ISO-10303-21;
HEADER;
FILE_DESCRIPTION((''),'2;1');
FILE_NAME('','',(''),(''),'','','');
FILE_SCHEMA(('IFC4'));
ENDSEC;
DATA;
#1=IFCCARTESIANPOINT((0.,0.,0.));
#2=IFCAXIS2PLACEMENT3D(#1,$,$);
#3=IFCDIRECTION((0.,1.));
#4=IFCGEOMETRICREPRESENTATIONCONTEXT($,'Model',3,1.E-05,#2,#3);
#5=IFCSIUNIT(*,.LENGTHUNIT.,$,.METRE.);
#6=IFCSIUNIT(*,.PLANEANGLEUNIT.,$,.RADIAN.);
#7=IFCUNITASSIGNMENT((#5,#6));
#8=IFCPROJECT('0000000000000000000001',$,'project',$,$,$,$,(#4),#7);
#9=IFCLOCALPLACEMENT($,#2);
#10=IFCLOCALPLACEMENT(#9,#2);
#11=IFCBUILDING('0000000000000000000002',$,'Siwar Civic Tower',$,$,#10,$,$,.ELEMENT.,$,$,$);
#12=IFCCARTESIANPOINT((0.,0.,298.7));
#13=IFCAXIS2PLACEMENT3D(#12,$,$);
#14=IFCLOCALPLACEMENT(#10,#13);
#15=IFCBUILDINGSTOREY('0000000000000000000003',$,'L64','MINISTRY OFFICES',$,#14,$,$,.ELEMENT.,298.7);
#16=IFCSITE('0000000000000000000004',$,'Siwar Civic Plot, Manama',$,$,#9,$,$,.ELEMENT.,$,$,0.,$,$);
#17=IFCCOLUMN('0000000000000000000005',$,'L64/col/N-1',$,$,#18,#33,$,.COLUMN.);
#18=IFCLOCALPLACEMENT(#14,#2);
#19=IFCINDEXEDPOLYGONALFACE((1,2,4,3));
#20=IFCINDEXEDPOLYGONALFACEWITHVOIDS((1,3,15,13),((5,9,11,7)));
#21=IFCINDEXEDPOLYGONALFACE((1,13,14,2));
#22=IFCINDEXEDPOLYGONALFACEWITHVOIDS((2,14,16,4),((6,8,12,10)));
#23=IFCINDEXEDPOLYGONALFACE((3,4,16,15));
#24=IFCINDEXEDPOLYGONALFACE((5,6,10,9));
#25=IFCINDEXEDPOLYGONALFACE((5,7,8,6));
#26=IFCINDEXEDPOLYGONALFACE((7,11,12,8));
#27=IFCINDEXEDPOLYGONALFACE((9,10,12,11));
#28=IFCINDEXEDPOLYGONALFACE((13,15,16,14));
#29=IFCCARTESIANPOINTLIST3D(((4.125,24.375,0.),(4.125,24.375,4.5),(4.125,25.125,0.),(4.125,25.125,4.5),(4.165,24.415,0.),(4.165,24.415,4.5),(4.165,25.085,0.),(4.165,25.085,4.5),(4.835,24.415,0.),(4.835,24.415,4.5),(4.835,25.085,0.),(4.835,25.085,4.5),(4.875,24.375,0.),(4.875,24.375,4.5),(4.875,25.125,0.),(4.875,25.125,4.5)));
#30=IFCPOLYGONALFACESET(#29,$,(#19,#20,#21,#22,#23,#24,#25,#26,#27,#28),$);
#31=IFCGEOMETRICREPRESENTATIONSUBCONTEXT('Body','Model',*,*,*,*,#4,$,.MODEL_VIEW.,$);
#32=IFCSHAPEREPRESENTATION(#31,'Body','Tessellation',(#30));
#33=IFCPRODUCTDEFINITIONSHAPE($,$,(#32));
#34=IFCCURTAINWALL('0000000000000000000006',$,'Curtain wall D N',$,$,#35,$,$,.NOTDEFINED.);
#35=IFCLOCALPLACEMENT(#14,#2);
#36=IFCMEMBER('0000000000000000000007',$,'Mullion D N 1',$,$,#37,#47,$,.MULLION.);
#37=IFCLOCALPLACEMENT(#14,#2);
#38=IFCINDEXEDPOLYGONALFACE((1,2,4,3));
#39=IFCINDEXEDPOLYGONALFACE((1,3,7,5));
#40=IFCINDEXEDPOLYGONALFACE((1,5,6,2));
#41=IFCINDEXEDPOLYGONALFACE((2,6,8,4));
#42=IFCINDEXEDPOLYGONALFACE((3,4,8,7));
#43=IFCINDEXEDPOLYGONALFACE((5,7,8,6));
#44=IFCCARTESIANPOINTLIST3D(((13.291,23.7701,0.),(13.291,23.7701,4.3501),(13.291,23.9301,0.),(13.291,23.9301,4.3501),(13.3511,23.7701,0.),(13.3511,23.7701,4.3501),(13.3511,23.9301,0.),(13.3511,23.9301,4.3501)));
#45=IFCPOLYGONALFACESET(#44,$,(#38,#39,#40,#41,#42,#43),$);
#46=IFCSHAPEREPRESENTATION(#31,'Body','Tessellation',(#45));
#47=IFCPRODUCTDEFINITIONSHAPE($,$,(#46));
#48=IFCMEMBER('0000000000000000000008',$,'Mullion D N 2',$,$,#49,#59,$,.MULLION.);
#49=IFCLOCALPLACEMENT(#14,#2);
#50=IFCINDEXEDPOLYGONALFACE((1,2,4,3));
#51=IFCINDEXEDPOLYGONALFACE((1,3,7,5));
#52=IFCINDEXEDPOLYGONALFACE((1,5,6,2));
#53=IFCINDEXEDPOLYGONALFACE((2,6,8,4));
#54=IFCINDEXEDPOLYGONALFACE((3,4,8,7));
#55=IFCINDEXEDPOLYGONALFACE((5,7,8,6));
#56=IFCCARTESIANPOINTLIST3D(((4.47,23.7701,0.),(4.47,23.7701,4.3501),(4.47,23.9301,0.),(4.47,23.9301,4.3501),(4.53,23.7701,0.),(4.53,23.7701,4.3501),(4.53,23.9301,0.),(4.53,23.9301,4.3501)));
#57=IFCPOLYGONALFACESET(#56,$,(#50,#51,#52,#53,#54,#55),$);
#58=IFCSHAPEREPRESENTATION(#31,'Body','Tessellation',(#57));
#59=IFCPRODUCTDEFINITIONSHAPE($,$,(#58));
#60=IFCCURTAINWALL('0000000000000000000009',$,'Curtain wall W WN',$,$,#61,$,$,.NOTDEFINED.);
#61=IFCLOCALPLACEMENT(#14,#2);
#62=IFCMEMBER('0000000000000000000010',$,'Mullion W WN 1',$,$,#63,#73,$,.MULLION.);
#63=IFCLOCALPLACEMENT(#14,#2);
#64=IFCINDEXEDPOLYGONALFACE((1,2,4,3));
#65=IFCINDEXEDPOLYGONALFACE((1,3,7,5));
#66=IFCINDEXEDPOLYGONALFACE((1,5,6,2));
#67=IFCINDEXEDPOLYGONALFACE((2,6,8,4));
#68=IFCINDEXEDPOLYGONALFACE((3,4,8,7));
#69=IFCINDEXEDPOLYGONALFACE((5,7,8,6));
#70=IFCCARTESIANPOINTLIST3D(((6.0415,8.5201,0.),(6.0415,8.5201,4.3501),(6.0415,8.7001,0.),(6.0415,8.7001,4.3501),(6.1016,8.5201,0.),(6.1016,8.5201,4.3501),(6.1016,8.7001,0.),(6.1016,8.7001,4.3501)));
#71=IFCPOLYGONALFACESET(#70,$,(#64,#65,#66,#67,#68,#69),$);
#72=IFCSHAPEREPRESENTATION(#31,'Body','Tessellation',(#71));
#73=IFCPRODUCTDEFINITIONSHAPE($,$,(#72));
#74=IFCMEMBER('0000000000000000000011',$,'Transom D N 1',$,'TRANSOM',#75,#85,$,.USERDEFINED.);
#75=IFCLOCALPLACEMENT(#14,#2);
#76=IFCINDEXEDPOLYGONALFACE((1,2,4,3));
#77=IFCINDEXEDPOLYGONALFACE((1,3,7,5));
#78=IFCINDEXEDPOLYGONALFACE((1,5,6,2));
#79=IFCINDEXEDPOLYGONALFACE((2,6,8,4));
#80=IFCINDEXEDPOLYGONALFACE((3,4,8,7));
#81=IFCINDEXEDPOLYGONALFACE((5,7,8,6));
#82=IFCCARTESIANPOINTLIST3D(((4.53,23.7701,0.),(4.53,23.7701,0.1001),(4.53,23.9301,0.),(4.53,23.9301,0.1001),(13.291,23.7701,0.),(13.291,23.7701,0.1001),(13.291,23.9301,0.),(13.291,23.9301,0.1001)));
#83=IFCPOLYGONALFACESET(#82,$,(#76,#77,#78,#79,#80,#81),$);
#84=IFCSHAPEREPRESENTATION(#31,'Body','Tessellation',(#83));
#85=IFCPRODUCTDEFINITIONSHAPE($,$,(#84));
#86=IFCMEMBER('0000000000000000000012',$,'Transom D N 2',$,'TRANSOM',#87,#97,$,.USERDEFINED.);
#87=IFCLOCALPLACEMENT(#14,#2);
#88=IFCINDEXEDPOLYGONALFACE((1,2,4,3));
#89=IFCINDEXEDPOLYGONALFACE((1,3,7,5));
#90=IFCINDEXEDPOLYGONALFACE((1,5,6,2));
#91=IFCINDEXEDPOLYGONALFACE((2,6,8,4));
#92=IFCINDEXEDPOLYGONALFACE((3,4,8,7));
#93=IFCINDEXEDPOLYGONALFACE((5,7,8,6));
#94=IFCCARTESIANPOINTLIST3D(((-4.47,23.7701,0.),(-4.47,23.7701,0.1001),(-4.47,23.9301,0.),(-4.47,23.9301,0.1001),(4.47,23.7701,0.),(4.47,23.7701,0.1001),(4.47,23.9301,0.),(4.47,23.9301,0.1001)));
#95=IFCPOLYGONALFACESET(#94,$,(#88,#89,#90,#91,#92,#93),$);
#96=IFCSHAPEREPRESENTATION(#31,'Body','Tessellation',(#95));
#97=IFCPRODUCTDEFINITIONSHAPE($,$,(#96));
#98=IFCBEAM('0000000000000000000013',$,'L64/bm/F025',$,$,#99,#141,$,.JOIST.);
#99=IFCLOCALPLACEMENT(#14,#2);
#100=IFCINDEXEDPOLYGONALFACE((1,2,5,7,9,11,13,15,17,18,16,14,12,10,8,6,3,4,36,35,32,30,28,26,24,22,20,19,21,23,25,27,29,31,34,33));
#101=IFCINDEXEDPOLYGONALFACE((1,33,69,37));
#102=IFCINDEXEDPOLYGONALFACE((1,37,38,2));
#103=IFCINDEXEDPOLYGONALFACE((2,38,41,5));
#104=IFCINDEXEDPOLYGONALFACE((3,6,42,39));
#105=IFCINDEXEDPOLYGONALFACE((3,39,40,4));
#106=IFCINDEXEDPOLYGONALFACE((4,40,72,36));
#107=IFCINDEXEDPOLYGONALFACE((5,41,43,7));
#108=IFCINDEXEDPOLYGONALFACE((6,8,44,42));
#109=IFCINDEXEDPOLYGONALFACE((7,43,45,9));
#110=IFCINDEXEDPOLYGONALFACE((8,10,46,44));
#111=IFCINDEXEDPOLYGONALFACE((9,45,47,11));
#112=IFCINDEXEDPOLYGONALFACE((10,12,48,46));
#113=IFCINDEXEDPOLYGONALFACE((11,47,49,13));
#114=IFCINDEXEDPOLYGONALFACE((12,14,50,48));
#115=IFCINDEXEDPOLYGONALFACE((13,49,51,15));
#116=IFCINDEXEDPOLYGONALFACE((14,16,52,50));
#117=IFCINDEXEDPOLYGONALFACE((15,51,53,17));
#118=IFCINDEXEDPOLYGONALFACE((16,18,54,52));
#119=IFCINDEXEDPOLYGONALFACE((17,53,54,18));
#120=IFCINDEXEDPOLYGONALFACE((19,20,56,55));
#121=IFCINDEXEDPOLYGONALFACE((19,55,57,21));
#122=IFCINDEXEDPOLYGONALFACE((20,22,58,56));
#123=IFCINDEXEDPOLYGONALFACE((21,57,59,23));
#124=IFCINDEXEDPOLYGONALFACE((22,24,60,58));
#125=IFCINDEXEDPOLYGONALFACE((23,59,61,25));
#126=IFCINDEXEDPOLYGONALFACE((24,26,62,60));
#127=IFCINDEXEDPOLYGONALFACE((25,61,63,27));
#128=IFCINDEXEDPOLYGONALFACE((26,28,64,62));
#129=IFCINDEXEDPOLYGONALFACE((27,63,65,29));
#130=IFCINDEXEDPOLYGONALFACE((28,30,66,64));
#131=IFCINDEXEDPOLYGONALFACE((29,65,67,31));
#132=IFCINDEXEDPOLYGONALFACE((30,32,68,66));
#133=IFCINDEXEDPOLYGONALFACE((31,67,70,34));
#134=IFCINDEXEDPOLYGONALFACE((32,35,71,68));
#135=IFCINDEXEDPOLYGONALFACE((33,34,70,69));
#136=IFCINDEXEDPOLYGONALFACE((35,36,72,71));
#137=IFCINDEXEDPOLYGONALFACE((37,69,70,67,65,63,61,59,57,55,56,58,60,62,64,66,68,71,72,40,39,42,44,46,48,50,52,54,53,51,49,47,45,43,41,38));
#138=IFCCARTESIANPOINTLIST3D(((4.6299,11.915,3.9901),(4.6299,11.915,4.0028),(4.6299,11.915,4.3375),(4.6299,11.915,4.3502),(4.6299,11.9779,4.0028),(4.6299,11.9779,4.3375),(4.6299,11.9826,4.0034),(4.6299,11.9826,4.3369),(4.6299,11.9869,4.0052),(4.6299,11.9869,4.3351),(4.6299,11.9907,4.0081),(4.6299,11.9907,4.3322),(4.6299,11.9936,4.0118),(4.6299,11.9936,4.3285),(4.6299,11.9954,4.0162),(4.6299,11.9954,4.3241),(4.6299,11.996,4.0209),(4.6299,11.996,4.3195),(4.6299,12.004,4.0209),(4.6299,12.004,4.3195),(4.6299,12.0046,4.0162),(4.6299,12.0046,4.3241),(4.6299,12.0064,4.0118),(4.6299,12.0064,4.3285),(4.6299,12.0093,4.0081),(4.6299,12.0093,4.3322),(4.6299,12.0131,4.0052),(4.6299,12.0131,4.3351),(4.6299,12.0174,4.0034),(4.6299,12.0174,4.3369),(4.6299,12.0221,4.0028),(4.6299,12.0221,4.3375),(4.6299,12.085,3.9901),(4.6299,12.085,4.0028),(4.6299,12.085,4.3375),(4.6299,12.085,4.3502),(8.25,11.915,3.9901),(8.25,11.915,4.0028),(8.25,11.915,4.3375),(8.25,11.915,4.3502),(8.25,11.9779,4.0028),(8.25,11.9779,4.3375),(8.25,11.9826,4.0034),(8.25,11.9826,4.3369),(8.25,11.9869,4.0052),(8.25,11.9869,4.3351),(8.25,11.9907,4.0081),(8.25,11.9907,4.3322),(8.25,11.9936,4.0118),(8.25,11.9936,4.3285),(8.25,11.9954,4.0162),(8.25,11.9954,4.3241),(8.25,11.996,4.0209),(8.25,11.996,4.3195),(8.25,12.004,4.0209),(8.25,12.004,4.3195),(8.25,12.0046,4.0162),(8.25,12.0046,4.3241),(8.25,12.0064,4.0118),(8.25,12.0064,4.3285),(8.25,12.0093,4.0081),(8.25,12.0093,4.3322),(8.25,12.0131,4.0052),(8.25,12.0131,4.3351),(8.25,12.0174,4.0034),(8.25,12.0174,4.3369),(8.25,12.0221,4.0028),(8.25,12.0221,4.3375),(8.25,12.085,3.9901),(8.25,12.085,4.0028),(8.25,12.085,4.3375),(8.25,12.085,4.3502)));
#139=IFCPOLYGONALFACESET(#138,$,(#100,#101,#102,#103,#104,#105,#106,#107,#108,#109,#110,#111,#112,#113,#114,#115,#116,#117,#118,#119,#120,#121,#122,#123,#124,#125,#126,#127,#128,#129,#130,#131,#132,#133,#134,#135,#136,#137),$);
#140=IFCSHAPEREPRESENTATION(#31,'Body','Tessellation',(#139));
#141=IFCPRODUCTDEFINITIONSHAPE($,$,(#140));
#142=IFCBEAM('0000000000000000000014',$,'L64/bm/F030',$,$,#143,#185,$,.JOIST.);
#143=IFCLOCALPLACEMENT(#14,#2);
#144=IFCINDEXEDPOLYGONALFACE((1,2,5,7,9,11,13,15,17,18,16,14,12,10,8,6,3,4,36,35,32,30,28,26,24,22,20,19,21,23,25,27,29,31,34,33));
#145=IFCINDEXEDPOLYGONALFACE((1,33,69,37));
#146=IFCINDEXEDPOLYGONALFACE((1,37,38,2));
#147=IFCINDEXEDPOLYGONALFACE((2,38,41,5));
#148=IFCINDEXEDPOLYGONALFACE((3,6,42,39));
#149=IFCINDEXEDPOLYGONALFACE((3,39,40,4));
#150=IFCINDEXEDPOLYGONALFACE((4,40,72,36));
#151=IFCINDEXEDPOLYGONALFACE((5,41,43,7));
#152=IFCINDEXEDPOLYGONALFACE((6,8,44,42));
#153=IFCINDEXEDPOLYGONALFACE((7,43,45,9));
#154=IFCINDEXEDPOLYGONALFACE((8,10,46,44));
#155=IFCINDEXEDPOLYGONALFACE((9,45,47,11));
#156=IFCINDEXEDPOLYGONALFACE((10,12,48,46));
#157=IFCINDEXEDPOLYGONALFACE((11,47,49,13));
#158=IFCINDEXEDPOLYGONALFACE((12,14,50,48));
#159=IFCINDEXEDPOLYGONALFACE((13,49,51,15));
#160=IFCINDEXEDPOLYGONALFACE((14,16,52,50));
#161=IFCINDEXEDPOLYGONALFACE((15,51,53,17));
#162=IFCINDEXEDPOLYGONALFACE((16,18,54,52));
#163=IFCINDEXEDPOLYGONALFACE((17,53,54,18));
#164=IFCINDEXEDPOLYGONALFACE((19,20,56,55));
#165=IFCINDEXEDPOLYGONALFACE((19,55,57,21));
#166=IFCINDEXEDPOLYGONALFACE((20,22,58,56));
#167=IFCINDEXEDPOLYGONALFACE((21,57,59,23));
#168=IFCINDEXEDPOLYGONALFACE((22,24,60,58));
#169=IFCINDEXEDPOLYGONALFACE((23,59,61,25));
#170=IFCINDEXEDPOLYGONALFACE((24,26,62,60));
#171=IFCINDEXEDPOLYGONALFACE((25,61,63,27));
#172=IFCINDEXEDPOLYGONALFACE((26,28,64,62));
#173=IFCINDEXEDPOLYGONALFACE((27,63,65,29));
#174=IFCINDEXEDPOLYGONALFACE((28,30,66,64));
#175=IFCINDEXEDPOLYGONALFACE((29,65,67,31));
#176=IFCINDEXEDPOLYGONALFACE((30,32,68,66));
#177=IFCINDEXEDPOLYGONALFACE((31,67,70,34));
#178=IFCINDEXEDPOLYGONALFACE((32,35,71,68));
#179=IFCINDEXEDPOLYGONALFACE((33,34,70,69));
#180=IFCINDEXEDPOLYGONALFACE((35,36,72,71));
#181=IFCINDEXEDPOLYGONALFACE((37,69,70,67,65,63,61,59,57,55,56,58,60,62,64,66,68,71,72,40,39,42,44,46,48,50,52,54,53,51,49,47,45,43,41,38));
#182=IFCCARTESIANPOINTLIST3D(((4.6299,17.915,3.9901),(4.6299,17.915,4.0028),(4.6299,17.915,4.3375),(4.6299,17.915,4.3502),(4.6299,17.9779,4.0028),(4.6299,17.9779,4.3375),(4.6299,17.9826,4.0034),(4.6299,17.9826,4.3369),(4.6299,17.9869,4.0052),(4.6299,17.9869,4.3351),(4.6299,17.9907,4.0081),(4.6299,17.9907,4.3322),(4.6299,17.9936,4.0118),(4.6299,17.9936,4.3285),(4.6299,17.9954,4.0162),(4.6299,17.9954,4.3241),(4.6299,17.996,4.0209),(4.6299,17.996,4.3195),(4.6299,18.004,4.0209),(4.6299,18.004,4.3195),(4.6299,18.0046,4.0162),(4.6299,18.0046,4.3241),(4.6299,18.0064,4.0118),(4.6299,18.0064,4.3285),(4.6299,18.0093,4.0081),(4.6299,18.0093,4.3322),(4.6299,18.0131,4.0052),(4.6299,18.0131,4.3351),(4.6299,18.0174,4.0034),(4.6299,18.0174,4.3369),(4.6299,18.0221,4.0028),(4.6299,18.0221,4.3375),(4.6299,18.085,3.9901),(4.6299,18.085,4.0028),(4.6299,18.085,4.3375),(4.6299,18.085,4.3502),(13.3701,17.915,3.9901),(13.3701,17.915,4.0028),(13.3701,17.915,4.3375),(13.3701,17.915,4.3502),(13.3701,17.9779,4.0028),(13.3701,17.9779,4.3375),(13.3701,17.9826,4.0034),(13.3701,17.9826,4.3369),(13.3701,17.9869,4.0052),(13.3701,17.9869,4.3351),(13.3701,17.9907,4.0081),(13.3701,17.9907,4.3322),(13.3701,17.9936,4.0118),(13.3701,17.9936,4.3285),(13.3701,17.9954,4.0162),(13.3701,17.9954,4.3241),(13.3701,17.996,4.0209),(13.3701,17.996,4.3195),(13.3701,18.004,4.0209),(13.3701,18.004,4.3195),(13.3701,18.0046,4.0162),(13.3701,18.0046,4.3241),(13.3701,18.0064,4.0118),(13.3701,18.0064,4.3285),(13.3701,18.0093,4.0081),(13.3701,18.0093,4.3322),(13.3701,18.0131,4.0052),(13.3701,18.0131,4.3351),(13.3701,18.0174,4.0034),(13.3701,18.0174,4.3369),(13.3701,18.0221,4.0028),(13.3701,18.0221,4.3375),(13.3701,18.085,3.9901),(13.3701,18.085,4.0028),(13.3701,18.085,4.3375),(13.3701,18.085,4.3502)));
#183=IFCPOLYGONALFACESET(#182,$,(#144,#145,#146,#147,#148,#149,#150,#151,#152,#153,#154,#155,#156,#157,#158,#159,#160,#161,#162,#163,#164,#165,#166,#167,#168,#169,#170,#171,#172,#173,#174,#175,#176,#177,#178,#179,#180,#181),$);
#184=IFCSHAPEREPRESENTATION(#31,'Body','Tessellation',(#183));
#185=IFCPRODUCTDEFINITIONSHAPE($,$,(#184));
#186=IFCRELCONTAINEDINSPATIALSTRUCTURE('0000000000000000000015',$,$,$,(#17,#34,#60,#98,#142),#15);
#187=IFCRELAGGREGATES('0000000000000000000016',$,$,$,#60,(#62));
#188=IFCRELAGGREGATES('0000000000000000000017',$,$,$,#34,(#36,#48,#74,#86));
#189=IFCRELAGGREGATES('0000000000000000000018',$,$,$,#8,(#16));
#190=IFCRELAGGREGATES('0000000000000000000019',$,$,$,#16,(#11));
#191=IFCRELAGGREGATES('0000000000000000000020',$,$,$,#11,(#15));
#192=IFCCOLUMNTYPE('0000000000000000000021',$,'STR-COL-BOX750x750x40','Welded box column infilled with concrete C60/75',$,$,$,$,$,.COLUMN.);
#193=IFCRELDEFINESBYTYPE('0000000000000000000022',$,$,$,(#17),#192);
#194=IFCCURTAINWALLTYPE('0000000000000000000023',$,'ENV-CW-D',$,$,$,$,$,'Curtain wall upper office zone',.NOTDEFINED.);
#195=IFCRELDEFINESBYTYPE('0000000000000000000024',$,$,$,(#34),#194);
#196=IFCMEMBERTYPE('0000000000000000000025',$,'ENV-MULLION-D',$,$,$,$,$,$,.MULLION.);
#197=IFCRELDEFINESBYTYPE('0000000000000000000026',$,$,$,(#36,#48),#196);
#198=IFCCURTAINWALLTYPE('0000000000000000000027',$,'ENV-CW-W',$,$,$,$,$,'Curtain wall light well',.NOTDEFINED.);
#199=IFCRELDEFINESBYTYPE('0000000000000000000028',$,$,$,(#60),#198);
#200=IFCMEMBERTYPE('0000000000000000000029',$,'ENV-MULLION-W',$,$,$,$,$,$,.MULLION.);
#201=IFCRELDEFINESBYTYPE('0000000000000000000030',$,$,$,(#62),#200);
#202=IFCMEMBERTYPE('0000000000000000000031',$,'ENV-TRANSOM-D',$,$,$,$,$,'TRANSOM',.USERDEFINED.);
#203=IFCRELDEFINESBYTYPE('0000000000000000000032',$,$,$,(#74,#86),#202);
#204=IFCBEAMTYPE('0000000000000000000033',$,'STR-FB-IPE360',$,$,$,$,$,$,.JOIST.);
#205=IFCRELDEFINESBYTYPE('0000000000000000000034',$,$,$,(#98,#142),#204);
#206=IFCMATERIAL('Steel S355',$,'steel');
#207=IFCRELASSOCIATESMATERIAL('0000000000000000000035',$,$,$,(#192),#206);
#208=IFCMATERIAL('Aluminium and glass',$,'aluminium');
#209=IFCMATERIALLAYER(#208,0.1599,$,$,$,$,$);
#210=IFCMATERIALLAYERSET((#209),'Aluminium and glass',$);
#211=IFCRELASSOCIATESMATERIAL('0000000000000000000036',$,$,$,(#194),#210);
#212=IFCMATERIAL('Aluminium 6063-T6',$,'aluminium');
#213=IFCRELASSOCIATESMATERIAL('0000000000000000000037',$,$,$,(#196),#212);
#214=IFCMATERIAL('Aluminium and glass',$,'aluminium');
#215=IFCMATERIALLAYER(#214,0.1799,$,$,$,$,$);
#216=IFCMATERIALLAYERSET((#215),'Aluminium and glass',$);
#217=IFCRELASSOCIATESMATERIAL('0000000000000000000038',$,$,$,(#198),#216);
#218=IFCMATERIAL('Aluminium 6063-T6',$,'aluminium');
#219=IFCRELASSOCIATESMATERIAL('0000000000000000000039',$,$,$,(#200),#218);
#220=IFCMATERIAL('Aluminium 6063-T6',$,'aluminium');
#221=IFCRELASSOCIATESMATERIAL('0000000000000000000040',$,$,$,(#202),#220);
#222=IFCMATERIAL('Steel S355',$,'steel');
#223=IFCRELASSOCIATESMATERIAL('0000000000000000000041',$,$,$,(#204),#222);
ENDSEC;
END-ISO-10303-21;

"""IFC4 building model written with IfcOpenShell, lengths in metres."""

from ifc_helpers import new_model, si_unit, direction, frame, origin, origin_2d, place, context, subcontext, project, spatial, rectangle, hollow_rectangle, i_section, extrude, material, layer, layer_set, material_profile, profile_set, type_object, element, aggregate, save


model = new_model("IFC4")

# Units and contexts
model_context = context("Model", 3, precision=1e-05, world=origin(), true_north=direction((0.0, 1.0)))
body_context = subcontext(model_context, "Body", "Model", "MODEL_VIEW")
ifc_project = project(units=[si_unit("LENGTHUNIT", "METRE"), si_unit("PLANEANGLEUNIT", "RADIAN")], contexts=[model_context])

# Site, building, storey
site_placement = place(None, origin())
site = spatial("IfcSite", under=ifc_project, at=site_placement, Name="Siwar Civic Plot, Manama", CompositionType="ELEMENT", RefElevation=0.0)
building_placement = place(site_placement, origin())
building = spatial("IfcBuilding", under=site, at=building_placement, Name="Siwar Civic Tower", CompositionType="ELEMENT")
storey_placement = place(building_placement, frame((0.0, 0.0, 298.7)))
storey = spatial("IfcBuildingStorey", under=building, at=storey_placement, Name="L64", Description="MINISTRY OFFICES", CompositionType="ELEMENT", Elevation=298.7)

# Column
ifc_material_1 = material(Name="Steel S355", Category="steel")
ifc_material_profile_1 = material_profile(ifc_material_1, hollow_rectangle(XDim=0.75, YDim=0.75, WallThickness=0.04, at=origin_2d()), Name="BOX750x750x40")
ifc_profile_set_1 = profile_set([ifc_material_profile_1], Name="Steel S355")
column_type = type_object("IfcColumnType", Name="STR-COL-BOX750x750x40", Description="Welded box column infilled with concrete C60/75", PredefinedType="COLUMN", material=ifc_profile_set_1)
column_placement = place(storey_placement, frame((4.5, 24.75, 0.0), z_axis=(0.0, 0.0, 1.0), x_axis=(1.0, 0.0, 0.0)))
element("IfcColumn", 1, at=column_placement, inside=storey, type_object=column_type, Name="L64/col/N-1", PredefinedType="COLUMN", context=body_context, shape_type="SweptSolid", body=[
    extrude(hollow_rectangle(XDim=0.75, YDim=0.75, WallThickness=0.04, at=origin_2d()), origin(), (0.0, 0.0, 1.0), 4.5),
])

# Curtain wall, members
ifc_material_2 = material(Name="Aluminium and glass", Category="aluminium")
ifc_layer_1 = layer(ifc_material_2, 0.1599)
ifc_layer_set_1 = layer_set([ifc_layer_1], Name="Aluminium and glass")
curtain_wall_type_1 = type_object("IfcCurtainWallType", Name="ENV-CW-D", ElementType="Curtain wall upper office zone", PredefinedType="NOTDEFINED", material=ifc_layer_set_1)
curtain_wall_1_placement = place(storey_placement, origin())
curtain_wall_1 = element("IfcCurtainWall", 2, at=curtain_wall_1_placement, inside=storey, type_object=curtain_wall_type_1, Name="Curtain wall D N", PredefinedType="NOTDEFINED")
ifc_material_3 = material(Name="Aluminium 6063-T6", Category="aluminium")
ifc_material_profile_2 = material_profile(ifc_material_3, rectangle(XDim=0.1599, YDim=0.0601, at=origin_2d()), Name="AL 160x60")
ifc_profile_set_2 = profile_set([ifc_material_profile_2], Name="Aluminium 6063-T6")
member_type_1 = type_object("IfcMemberType", Name="ENV-MULLION-D", PredefinedType="MULLION", material=ifc_profile_set_2)
member_1_placement = place(storey_placement, frame((13.321, 23.8501, 0.0), z_axis=(0.0, 0.0, 1.0), x_axis=(0.0, -1.0, 0.0)))
member_1 = element("IfcMember", 3, at=member_1_placement, type_object=member_type_1, Name="Mullion D N 1", PredefinedType="MULLION", context=body_context, shape_type="SweptSolid", body=[
    extrude(rectangle(XDim=0.1599, YDim=0.0601, at=origin_2d()), origin(), (0.0, 0.0, 1.0), 4.3501),
])
member_2_placement = place(storey_placement, frame((4.5, 23.8501, 0.0), z_axis=(0.0, 0.0, 1.0), x_axis=(0.0, -1.0, 0.0)))
member_2 = element("IfcMember", 4, at=member_2_placement, type_object=member_type_1, Name="Mullion D N 2", PredefinedType="MULLION", context=body_context, shape_type="SweptSolid", body=[
    extrude(rectangle(XDim=0.1599, YDim=0.0601, at=origin_2d()), origin(), (0.0, 0.0, 1.0), 4.3501),
])

# Curtain wall, member
ifc_material_4 = material(Name="Aluminium and glass", Category="aluminium")
ifc_layer_2 = layer(ifc_material_4, 0.1799)
ifc_layer_set_2 = layer_set([ifc_layer_2], Name="Aluminium and glass")
curtain_wall_type_2 = type_object("IfcCurtainWallType", Name="ENV-CW-W", ElementType="Curtain wall light well", PredefinedType="NOTDEFINED", material=ifc_layer_set_2)
curtain_wall_2_placement = place(storey_placement, origin())
curtain_wall_2 = element("IfcCurtainWall", 5, at=curtain_wall_2_placement, inside=storey, type_object=curtain_wall_type_2, Name="Curtain wall W WN", PredefinedType="NOTDEFINED")
ifc_material_5 = material(Name="Aluminium 6063-T6", Category="aluminium")
ifc_material_profile_3 = material_profile(ifc_material_5, rectangle(XDim=0.1799, YDim=0.0601, at=origin_2d()), Name="AL 180x60")
ifc_profile_set_3 = profile_set([ifc_material_profile_3], Name="Aluminium 6063-T6")
member_type_2 = type_object("IfcMemberType", Name="ENV-MULLION-W", PredefinedType="MULLION", material=ifc_profile_set_3)
member_3_placement = place(storey_placement, frame((6.0715, 8.6101, 0.0), z_axis=(0.0, 0.0, 1.0), x_axis=(0.0, -1.0, 0.0)))
member_3 = element("IfcMember", 6, at=member_3_placement, type_object=member_type_2, Name="Mullion W WN 1", PredefinedType="MULLION", context=body_context, shape_type="SweptSolid", body=[
    extrude(rectangle(XDim=0.1799, YDim=0.0601, at=origin_2d()), origin(), (0.0, 0.0, 1.0), 4.3501),
])
aggregate(curtain_wall_2, [member_3])

# Members
ifc_material_6 = material(Name="Aluminium 6063-T6", Category="aluminium")
ifc_material_profile_4 = material_profile(ifc_material_6, rectangle(XDim=0.1599, YDim=0.1001, at=origin_2d()), Name="AL 160x100")
ifc_profile_set_4 = profile_set([ifc_material_profile_4], Name="Aluminium 6063-T6")
member_type_3 = type_object("IfcMemberType", Name="ENV-TRANSOM-D", ElementType="TRANSOM", PredefinedType="USERDEFINED", material=ifc_profile_set_4)
member_4_placement = place(storey_placement, frame((13.291, 23.8501, 0.05), z_axis=(-1.0, 0.0, 0.0), x_axis=(0.0, -1.0, 0.0)))
member_4 = element("IfcMember", 7, at=member_4_placement, type_object=member_type_3, Name="Transom D N 1", ObjectType="TRANSOM", PredefinedType="USERDEFINED", context=body_context, shape_type="SweptSolid", body=[
    extrude(rectangle(XDim=0.1599, YDim=0.1001, at=origin_2d()), origin(), (0.0, 0.0, 1.0), 8.761),
])
member_5_placement = place(storey_placement, frame((4.47, 23.8501, 0.05), z_axis=(-1.0, 0.0, 0.0), x_axis=(0.0, -1.0, 0.0)))
member_5 = element("IfcMember", 8, at=member_5_placement, type_object=member_type_3, Name="Transom D N 2", ObjectType="TRANSOM", PredefinedType="USERDEFINED", context=body_context, shape_type="SweptSolid", body=[
    extrude(rectangle(XDim=0.1599, YDim=0.1001, at=origin_2d()), origin(), (0.0, 0.0, 1.0), 8.9399),
])

# Beams
ifc_material_7 = material(Name="Steel S355", Category="steel")
ifc_material_profile_5 = material_profile(ifc_material_7, i_section(OverallWidth=0.1699, OverallDepth=0.3601, WebThickness=0.0081, FlangeThickness=0.0127, FilletRadius=0.0181, at=origin_2d()), Name="IPE360")
ifc_profile_set_5 = profile_set([ifc_material_profile_5], Name="Steel S355")
beam_type_1 = type_object("IfcBeamType", Name="STR-FB-IPE360", PredefinedType="JOIST", material=ifc_profile_set_5)
beam_1_placement = place(storey_placement, frame((4.6299, 12.0, 4.1702), z_axis=(1.0, 0.0, 0.0), x_axis=(0.0, 1.0, 0.0)))
element("IfcBeam", 9, at=beam_1_placement, inside=storey, type_object=beam_type_1, Name="L64/bm/F025", PredefinedType="JOIST", context=body_context, shape_type="SweptSolid", body=[
    extrude(i_section(OverallWidth=0.1699, OverallDepth=0.3601, WebThickness=0.0081, FlangeThickness=0.0127, FilletRadius=0.0181, at=origin_2d()), origin(), (0.0, 0.0, 1.0), 3.6201),
])
for number, where, z_axis, x_axis, name in (
    (10, (4.6299, 18.0, 4.1702), (1.0, 0.0, 0.0), (0.0, 1.0, 0.0), "L64/bm/F030"),
):
    element("IfcBeam", number, at=place(storey_placement, frame(where, z_axis=z_axis, x_axis=x_axis)), inside=storey, type_object=beam_type_1, Name=name, PredefinedType="JOIST", context=body_context, shape_type="SweptSolid", body=[
        extrude(i_section(OverallWidth=0.1699, OverallDepth=0.3601, WebThickness=0.0081, FlangeThickness=0.0127, FilletRadius=0.0181, at=origin_2d()), origin(), (0.0, 0.0, 1.0), 8.7402),
    ])

aggregate(curtain_wall_1, [member_1, member_2, member_4, member_5])

save(model, "model.ifc")
